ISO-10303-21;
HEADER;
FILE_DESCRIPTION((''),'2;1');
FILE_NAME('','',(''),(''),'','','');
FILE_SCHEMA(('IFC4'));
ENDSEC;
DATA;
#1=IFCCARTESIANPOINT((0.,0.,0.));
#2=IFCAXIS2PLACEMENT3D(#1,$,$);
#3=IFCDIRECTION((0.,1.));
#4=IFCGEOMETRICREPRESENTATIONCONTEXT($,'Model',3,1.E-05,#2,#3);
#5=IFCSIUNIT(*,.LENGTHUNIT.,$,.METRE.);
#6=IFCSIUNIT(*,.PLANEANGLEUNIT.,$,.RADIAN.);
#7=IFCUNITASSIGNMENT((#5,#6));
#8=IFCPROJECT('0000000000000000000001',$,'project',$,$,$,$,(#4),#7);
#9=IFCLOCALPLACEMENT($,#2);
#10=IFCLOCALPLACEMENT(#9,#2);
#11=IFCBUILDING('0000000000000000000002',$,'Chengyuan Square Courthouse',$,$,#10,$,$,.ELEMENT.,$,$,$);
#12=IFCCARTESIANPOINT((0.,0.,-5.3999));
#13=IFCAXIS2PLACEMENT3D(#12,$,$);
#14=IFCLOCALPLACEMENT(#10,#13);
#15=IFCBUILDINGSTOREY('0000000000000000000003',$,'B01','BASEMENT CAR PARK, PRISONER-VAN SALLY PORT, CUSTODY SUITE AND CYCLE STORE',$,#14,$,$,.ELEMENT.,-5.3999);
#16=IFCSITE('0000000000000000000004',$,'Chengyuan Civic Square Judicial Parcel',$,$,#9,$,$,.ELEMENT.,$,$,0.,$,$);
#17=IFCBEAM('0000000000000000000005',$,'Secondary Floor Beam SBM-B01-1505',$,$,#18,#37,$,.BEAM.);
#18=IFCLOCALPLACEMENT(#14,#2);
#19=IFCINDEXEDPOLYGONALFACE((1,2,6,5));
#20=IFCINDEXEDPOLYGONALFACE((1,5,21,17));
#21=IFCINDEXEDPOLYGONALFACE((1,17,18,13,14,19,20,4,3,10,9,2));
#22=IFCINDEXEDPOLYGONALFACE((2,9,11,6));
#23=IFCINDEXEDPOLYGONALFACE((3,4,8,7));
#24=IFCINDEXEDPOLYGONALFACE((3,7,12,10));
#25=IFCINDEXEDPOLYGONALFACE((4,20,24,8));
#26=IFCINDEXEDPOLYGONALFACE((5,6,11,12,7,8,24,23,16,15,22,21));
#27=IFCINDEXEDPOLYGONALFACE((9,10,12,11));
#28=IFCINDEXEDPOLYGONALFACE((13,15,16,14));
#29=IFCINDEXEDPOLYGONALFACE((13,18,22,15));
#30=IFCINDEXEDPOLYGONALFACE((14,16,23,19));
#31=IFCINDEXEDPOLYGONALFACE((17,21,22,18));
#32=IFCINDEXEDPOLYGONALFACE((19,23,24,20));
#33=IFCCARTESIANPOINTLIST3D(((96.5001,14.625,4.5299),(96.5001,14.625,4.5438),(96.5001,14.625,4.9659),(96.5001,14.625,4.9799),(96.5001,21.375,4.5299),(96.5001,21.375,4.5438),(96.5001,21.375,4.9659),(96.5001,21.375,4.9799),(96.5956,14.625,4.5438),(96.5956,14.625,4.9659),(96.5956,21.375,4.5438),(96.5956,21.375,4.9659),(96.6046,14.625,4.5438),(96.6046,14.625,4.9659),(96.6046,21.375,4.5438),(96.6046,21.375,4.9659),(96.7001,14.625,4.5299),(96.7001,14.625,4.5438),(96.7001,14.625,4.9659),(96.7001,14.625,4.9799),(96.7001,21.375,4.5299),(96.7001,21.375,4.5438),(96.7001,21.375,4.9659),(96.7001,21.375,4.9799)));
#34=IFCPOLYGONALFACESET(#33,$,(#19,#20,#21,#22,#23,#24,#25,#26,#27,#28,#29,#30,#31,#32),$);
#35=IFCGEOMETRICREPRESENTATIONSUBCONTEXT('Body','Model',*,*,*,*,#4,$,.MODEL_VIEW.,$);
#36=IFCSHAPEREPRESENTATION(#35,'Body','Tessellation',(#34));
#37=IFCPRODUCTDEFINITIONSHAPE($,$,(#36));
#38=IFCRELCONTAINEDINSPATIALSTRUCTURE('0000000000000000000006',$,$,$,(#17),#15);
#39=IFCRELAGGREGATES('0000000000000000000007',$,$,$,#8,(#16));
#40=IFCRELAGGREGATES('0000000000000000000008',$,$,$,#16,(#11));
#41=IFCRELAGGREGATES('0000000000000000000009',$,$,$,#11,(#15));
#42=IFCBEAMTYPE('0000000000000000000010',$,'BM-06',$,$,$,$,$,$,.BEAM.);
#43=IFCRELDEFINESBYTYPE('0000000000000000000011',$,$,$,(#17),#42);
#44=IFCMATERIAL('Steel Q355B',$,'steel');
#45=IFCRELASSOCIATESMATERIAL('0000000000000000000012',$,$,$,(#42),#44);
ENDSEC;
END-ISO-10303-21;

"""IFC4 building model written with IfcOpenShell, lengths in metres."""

from ifc_helpers import new_model, si_unit, direction, frame, origin, origin_2d, place, context, subcontext, project, spatial, i_section, extrude, material, material_profile, profile_set, type_object, element, save


model = new_model("IFC4")

# Units and contexts
model_context = context("Model", 3, precision=1e-05, world=origin(), true_north=direction((0.0, 1.0)))
body_context = subcontext(model_context, "Body", "Model", "MODEL_VIEW")
ifc_project = project(units=[si_unit("LENGTHUNIT", "METRE"), si_unit("PLANEANGLEUNIT", "RADIAN")], contexts=[model_context])

# Site, building, storey
site_placement = place(None, origin())
site = spatial("IfcSite", under=ifc_project, at=site_placement, Name="Chengyuan Civic Square Judicial Parcel", CompositionType="ELEMENT", RefElevation=0.0)
building_placement = place(site_placement, origin())
building = spatial("IfcBuilding", under=site, at=building_placement, Name="Chengyuan Square Courthouse", CompositionType="ELEMENT")
storey_placement = place(building_placement, frame((0.0, 0.0, -5.3999)))
storey = spatial("IfcBuildingStorey", under=building, at=storey_placement, Name="B01", Description="BASEMENT CAR PARK, PRISONER-VAN SALLY PORT, CUSTODY SUITE AND CYCLE STORE", CompositionType="ELEMENT", Elevation=-5.3999)

# Beam
ifc_material_1 = material(Name="Steel Q355B", Category="steel")
ifc_material_profile_1 = material_profile(ifc_material_1, i_section(OverallWidth=0.2, OverallDepth=0.45, WebThickness=0.009, FlangeThickness=0.0139, at=origin_2d()), Name="HN 450x200x9x14")
ifc_profile_set_1 = profile_set([ifc_material_profile_1], Name="Steel Q355B")
beam_type_1 = type_object("IfcBeamType", Name="BM-06", PredefinedType="BEAM", material=ifc_profile_set_1)
for number, where, z_axis, x_axis, name in (
    (1, (96.6001, 14.625, 4.7549), (0.0, 1.0, 0.0), (-1.0, 0.0, 0.0), "Secondary Floor Beam SBM-B01-1505"),
):
    element("IfcBeam", number, at=place(storey_placement, frame(where, z_axis=z_axis, x_axis=x_axis)), inside=storey, type_object=beam_type_1, Name=name, PredefinedType="BEAM", context=body_context, shape_type="SweptSolid", body=[
        extrude(i_section(OverallWidth=0.2, OverallDepth=0.45, WebThickness=0.009, FlangeThickness=0.0139, at=origin_2d()), origin(), (0.0, 0.0, 1.0), 6.75),
    ])

save(model, "model.ifc")
